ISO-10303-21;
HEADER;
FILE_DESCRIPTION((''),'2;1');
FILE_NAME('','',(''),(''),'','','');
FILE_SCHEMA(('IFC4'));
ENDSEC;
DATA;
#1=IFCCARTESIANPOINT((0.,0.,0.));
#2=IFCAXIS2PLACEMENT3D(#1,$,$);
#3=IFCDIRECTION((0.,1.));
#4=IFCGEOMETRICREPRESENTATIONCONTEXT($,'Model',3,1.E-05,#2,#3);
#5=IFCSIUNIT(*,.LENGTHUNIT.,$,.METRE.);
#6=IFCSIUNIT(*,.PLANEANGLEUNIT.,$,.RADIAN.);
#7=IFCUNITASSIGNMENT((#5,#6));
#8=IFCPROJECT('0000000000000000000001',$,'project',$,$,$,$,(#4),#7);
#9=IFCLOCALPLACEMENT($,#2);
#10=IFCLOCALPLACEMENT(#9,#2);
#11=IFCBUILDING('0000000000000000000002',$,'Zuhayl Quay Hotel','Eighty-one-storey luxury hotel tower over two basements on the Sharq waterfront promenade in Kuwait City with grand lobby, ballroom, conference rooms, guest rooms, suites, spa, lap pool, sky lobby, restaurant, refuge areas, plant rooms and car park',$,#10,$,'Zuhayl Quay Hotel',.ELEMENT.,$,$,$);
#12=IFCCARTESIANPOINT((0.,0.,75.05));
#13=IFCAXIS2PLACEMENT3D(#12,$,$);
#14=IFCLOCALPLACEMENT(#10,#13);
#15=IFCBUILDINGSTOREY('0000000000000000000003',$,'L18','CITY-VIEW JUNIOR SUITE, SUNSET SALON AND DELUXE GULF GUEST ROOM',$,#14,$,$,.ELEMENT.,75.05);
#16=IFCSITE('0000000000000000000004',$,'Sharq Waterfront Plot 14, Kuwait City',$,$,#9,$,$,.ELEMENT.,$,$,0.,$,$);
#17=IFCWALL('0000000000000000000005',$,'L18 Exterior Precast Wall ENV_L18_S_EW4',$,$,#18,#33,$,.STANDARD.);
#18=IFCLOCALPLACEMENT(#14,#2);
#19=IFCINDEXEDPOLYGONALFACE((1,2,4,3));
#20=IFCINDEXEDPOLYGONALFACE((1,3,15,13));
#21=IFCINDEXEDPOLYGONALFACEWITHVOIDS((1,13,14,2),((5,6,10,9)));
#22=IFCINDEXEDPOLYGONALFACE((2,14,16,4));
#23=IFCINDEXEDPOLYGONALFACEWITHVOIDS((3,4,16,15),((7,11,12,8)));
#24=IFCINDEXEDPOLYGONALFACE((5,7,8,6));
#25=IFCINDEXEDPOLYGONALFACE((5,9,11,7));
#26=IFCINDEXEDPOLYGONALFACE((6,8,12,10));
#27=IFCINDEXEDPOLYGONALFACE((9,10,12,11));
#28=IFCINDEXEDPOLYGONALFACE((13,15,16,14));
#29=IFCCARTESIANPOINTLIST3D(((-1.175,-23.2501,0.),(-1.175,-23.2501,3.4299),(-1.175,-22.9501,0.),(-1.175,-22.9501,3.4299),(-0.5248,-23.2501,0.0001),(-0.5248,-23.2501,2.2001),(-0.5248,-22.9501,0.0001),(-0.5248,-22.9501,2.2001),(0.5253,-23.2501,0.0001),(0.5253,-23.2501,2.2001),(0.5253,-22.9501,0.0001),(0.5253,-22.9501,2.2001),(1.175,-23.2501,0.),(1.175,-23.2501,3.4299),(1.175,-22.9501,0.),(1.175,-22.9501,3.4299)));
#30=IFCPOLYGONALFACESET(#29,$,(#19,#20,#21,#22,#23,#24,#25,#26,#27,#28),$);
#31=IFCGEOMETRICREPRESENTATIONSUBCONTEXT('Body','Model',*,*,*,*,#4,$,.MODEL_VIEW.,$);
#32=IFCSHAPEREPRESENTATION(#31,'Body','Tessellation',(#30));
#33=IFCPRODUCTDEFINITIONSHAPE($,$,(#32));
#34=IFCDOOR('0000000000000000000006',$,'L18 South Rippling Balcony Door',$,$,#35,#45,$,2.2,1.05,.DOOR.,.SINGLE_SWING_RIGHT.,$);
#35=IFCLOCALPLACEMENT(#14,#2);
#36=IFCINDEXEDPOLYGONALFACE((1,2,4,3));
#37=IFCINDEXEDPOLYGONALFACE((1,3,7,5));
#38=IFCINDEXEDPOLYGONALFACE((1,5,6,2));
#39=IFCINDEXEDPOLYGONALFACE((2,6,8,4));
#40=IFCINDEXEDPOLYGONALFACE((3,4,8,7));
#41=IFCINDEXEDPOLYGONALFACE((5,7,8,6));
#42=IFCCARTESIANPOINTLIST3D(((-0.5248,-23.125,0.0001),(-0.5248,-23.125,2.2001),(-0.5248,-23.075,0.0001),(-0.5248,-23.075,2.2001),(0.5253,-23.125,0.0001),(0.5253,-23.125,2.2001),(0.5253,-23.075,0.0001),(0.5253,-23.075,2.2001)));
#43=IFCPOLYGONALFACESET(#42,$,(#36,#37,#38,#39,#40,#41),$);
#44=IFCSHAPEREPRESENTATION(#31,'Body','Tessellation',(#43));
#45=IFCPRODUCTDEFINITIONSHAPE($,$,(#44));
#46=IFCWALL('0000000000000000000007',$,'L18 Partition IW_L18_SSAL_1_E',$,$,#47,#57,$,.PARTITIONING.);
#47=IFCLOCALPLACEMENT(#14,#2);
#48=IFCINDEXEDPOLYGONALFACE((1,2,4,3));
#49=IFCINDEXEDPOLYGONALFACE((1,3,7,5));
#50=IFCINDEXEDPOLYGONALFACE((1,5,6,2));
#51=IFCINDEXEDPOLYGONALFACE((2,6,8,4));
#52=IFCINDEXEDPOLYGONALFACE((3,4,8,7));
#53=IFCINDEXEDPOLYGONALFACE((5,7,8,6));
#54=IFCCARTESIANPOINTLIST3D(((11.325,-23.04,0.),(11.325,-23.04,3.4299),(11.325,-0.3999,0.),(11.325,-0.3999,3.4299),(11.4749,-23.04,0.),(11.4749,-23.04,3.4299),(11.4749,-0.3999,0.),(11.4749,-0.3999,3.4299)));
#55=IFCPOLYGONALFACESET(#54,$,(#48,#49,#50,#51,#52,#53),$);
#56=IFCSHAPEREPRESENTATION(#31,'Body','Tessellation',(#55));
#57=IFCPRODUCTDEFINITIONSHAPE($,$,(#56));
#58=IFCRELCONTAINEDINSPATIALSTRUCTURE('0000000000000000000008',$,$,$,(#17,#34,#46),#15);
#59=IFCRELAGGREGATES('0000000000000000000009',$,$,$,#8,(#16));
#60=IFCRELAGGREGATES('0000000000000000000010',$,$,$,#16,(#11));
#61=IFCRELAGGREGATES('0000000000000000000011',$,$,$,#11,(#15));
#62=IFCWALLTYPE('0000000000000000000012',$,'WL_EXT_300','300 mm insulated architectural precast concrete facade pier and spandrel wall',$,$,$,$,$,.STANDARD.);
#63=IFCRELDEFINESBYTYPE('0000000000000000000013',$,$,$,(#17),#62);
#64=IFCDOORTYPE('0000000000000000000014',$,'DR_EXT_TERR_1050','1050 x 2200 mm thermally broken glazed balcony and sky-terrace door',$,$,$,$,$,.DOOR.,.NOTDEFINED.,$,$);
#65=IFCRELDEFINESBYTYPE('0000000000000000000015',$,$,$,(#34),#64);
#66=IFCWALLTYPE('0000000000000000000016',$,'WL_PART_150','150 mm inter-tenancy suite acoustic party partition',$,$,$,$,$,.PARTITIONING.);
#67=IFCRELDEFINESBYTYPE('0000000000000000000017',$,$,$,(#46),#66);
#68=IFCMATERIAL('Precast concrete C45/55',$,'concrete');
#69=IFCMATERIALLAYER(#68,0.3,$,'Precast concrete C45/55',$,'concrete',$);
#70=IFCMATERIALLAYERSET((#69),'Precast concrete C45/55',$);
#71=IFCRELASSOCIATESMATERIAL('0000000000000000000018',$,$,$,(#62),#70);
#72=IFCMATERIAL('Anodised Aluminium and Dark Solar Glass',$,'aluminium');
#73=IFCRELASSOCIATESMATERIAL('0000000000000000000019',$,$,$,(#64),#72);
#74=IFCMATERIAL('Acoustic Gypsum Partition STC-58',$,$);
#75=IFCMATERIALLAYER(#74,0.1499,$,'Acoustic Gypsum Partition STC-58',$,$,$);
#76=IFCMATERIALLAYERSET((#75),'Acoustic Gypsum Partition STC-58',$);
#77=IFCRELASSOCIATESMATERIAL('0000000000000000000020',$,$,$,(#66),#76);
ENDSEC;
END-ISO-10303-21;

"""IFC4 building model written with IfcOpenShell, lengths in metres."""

from ifc_helpers import new_model, si_unit, direction, frame, frame_2d, origin, place, context, subcontext, project, spatial, rectangle, extrude, material, layer, layer_set, type_object, element, fill, save


model = new_model("IFC4")

# Units and contexts
model_context = context("Model", 3, precision=1e-05, world=origin(), true_north=direction((0.0, 1.0)))
body_context = subcontext(model_context, "Body", "Model", "MODEL_VIEW")
ifc_project = project(units=[si_unit("LENGTHUNIT", "METRE"), si_unit("PLANEANGLEUNIT", "RADIAN")], contexts=[model_context])

# Site, building, storey
site_placement = place(None, origin())
site = spatial("IfcSite", under=ifc_project, at=site_placement, Name="Sharq Waterfront Plot 14, Kuwait City", CompositionType="ELEMENT", RefElevation=0.0)
building_placement = place(site_placement, origin())
building = spatial("IfcBuilding", under=site, at=building_placement, Name="Zuhayl Quay Hotel", Description="Eighty-one-storey luxury hotel tower over two basements on the Sharq waterfront promenade in Kuwait City with grand lobby, ballroom, conference rooms, guest rooms, suites, spa, lap pool, sky lobby, restaurant, refuge areas, plant rooms and car park", LongName="Zuhayl Quay Hotel", CompositionType="ELEMENT")
storey_placement = place(building_placement, frame((0.0, 0.0, 75.05)))
storey = spatial("IfcBuildingStorey", under=building, at=storey_placement, Name="L18", Description="CITY-VIEW JUNIOR SUITE, SUNSET SALON AND DELUXE GULF GUEST ROOM", CompositionType="ELEMENT", Elevation=75.05)

# Shared definitions
ifc_material_1 = material(Name="Precast concrete C45/55", Category="concrete")
ifc_layer_1 = layer(ifc_material_1, 0.3, Name="Precast concrete C45/55", Category="concrete")
ifc_layer_set_1 = layer_set([ifc_layer_1], Name="Precast concrete C45/55")
wall_type_1 = type_object("IfcWallType", Name="WL_EXT_300", Description="300 mm insulated architectural precast concrete facade pier and spandrel wall", PredefinedType="STANDARD", material=ifc_layer_set_1)

# Wall, opening, door
wall_1_placement = place(storey_placement, frame((1.175, -23.1001, 0.0), z_axis=(0.0, 0.0, 1.0), x_axis=(-1.0, 0.0, 0.0)))
wall_1 = element("IfcWall", 1, at=wall_1_placement, inside=storey, type_object=wall_type_1, Name="L18 Exterior Precast Wall ENV_L18_S_EW4", PredefinedType="STANDARD", context=body_context, shape_type="SweptSolid", body=[
    extrude(rectangle(XDim=2.3501, YDim=0.3, at=frame_2d((1.175, 0.0))), origin(), (0.0, 0.0, 1.0), 3.4299),
])
opening_placement = place(wall_1_placement, frame((0.6499, 0.0, 0.0)))
opening = element("IfcOpeningElement", 2, at=opening_placement, cuts=wall_1, PredefinedType="OPENING", context=body_context, shape_type="SweptSolid", body=[
    extrude(rectangle(XDim=1.05, YDim=2.2, at=frame_2d((0.5249, 1.1001))), frame((0.0, 0.1599, 0.0), z_axis=(0.0, -1.0, 0.0), x_axis=(1.0, 0.0, 0.0)), (0.0, 0.0, 1.0), 0.3201),
])
ifc_material_2 = material(Name="Anodised Aluminium and Dark Solar Glass", Category="aluminium")
door_type = type_object("IfcDoorType", Name="DR_EXT_TERR_1050", Description="1050 x 2200 mm thermally broken glazed balcony and sky-terrace door", OperationType="NOTDEFINED", PredefinedType="DOOR", material=ifc_material_2)
door_placement = place(opening_placement, origin())
door = element("IfcDoor", 3, at=door_placement, inside=storey, type_object=door_type, Name="L18 South Rippling Balcony Door", OperationType="SINGLE_SWING_RIGHT", OverallHeight=2.2, OverallWidth=1.05, PredefinedType="DOOR", context=body_context, shape_type="SweptSolid", body=[
    extrude(rectangle(XDim=1.05, YDim=2.2, at=frame_2d((0.5249, 1.1001))), frame((0.0, 0.0249, 0.0), z_axis=(0.0, -1.0, 0.0), x_axis=(1.0, 0.0, 0.0)), (0.0, 0.0, 1.0), 0.05),
])
fill(opening, door)

# Wall
ifc_material_3 = material(Name="Acoustic Gypsum Partition STC-58")
ifc_layer_2 = layer(ifc_material_3, 0.1499, Name="Acoustic Gypsum Partition STC-58")
ifc_layer_set_2 = layer_set([ifc_layer_2], Name="Acoustic Gypsum Partition STC-58")
wall_type_2 = type_object("IfcWallType", Name="WL_PART_150", Description="150 mm inter-tenancy suite acoustic party partition", PredefinedType="PARTITIONING", material=ifc_layer_set_2)
wall_2_placement = place(storey_placement, frame((11.3999, -23.04, 0.0), z_axis=(0.0, 0.0, 1.0), x_axis=(0.0, 1.0, 0.0)))
element("IfcWall", 4, at=wall_2_placement, inside=storey, type_object=wall_type_2, Name="L18 Partition IW_L18_SSAL_1_E", PredefinedType="PARTITIONING", context=body_context, shape_type="SweptSolid", body=[
    extrude(rectangle(XDim=22.6401, YDim=0.1499, at=frame_2d((11.3201, 0.0))), origin(), (0.0, 0.0, 1.0), 3.4299),
])

save(model, "model.ifc")
